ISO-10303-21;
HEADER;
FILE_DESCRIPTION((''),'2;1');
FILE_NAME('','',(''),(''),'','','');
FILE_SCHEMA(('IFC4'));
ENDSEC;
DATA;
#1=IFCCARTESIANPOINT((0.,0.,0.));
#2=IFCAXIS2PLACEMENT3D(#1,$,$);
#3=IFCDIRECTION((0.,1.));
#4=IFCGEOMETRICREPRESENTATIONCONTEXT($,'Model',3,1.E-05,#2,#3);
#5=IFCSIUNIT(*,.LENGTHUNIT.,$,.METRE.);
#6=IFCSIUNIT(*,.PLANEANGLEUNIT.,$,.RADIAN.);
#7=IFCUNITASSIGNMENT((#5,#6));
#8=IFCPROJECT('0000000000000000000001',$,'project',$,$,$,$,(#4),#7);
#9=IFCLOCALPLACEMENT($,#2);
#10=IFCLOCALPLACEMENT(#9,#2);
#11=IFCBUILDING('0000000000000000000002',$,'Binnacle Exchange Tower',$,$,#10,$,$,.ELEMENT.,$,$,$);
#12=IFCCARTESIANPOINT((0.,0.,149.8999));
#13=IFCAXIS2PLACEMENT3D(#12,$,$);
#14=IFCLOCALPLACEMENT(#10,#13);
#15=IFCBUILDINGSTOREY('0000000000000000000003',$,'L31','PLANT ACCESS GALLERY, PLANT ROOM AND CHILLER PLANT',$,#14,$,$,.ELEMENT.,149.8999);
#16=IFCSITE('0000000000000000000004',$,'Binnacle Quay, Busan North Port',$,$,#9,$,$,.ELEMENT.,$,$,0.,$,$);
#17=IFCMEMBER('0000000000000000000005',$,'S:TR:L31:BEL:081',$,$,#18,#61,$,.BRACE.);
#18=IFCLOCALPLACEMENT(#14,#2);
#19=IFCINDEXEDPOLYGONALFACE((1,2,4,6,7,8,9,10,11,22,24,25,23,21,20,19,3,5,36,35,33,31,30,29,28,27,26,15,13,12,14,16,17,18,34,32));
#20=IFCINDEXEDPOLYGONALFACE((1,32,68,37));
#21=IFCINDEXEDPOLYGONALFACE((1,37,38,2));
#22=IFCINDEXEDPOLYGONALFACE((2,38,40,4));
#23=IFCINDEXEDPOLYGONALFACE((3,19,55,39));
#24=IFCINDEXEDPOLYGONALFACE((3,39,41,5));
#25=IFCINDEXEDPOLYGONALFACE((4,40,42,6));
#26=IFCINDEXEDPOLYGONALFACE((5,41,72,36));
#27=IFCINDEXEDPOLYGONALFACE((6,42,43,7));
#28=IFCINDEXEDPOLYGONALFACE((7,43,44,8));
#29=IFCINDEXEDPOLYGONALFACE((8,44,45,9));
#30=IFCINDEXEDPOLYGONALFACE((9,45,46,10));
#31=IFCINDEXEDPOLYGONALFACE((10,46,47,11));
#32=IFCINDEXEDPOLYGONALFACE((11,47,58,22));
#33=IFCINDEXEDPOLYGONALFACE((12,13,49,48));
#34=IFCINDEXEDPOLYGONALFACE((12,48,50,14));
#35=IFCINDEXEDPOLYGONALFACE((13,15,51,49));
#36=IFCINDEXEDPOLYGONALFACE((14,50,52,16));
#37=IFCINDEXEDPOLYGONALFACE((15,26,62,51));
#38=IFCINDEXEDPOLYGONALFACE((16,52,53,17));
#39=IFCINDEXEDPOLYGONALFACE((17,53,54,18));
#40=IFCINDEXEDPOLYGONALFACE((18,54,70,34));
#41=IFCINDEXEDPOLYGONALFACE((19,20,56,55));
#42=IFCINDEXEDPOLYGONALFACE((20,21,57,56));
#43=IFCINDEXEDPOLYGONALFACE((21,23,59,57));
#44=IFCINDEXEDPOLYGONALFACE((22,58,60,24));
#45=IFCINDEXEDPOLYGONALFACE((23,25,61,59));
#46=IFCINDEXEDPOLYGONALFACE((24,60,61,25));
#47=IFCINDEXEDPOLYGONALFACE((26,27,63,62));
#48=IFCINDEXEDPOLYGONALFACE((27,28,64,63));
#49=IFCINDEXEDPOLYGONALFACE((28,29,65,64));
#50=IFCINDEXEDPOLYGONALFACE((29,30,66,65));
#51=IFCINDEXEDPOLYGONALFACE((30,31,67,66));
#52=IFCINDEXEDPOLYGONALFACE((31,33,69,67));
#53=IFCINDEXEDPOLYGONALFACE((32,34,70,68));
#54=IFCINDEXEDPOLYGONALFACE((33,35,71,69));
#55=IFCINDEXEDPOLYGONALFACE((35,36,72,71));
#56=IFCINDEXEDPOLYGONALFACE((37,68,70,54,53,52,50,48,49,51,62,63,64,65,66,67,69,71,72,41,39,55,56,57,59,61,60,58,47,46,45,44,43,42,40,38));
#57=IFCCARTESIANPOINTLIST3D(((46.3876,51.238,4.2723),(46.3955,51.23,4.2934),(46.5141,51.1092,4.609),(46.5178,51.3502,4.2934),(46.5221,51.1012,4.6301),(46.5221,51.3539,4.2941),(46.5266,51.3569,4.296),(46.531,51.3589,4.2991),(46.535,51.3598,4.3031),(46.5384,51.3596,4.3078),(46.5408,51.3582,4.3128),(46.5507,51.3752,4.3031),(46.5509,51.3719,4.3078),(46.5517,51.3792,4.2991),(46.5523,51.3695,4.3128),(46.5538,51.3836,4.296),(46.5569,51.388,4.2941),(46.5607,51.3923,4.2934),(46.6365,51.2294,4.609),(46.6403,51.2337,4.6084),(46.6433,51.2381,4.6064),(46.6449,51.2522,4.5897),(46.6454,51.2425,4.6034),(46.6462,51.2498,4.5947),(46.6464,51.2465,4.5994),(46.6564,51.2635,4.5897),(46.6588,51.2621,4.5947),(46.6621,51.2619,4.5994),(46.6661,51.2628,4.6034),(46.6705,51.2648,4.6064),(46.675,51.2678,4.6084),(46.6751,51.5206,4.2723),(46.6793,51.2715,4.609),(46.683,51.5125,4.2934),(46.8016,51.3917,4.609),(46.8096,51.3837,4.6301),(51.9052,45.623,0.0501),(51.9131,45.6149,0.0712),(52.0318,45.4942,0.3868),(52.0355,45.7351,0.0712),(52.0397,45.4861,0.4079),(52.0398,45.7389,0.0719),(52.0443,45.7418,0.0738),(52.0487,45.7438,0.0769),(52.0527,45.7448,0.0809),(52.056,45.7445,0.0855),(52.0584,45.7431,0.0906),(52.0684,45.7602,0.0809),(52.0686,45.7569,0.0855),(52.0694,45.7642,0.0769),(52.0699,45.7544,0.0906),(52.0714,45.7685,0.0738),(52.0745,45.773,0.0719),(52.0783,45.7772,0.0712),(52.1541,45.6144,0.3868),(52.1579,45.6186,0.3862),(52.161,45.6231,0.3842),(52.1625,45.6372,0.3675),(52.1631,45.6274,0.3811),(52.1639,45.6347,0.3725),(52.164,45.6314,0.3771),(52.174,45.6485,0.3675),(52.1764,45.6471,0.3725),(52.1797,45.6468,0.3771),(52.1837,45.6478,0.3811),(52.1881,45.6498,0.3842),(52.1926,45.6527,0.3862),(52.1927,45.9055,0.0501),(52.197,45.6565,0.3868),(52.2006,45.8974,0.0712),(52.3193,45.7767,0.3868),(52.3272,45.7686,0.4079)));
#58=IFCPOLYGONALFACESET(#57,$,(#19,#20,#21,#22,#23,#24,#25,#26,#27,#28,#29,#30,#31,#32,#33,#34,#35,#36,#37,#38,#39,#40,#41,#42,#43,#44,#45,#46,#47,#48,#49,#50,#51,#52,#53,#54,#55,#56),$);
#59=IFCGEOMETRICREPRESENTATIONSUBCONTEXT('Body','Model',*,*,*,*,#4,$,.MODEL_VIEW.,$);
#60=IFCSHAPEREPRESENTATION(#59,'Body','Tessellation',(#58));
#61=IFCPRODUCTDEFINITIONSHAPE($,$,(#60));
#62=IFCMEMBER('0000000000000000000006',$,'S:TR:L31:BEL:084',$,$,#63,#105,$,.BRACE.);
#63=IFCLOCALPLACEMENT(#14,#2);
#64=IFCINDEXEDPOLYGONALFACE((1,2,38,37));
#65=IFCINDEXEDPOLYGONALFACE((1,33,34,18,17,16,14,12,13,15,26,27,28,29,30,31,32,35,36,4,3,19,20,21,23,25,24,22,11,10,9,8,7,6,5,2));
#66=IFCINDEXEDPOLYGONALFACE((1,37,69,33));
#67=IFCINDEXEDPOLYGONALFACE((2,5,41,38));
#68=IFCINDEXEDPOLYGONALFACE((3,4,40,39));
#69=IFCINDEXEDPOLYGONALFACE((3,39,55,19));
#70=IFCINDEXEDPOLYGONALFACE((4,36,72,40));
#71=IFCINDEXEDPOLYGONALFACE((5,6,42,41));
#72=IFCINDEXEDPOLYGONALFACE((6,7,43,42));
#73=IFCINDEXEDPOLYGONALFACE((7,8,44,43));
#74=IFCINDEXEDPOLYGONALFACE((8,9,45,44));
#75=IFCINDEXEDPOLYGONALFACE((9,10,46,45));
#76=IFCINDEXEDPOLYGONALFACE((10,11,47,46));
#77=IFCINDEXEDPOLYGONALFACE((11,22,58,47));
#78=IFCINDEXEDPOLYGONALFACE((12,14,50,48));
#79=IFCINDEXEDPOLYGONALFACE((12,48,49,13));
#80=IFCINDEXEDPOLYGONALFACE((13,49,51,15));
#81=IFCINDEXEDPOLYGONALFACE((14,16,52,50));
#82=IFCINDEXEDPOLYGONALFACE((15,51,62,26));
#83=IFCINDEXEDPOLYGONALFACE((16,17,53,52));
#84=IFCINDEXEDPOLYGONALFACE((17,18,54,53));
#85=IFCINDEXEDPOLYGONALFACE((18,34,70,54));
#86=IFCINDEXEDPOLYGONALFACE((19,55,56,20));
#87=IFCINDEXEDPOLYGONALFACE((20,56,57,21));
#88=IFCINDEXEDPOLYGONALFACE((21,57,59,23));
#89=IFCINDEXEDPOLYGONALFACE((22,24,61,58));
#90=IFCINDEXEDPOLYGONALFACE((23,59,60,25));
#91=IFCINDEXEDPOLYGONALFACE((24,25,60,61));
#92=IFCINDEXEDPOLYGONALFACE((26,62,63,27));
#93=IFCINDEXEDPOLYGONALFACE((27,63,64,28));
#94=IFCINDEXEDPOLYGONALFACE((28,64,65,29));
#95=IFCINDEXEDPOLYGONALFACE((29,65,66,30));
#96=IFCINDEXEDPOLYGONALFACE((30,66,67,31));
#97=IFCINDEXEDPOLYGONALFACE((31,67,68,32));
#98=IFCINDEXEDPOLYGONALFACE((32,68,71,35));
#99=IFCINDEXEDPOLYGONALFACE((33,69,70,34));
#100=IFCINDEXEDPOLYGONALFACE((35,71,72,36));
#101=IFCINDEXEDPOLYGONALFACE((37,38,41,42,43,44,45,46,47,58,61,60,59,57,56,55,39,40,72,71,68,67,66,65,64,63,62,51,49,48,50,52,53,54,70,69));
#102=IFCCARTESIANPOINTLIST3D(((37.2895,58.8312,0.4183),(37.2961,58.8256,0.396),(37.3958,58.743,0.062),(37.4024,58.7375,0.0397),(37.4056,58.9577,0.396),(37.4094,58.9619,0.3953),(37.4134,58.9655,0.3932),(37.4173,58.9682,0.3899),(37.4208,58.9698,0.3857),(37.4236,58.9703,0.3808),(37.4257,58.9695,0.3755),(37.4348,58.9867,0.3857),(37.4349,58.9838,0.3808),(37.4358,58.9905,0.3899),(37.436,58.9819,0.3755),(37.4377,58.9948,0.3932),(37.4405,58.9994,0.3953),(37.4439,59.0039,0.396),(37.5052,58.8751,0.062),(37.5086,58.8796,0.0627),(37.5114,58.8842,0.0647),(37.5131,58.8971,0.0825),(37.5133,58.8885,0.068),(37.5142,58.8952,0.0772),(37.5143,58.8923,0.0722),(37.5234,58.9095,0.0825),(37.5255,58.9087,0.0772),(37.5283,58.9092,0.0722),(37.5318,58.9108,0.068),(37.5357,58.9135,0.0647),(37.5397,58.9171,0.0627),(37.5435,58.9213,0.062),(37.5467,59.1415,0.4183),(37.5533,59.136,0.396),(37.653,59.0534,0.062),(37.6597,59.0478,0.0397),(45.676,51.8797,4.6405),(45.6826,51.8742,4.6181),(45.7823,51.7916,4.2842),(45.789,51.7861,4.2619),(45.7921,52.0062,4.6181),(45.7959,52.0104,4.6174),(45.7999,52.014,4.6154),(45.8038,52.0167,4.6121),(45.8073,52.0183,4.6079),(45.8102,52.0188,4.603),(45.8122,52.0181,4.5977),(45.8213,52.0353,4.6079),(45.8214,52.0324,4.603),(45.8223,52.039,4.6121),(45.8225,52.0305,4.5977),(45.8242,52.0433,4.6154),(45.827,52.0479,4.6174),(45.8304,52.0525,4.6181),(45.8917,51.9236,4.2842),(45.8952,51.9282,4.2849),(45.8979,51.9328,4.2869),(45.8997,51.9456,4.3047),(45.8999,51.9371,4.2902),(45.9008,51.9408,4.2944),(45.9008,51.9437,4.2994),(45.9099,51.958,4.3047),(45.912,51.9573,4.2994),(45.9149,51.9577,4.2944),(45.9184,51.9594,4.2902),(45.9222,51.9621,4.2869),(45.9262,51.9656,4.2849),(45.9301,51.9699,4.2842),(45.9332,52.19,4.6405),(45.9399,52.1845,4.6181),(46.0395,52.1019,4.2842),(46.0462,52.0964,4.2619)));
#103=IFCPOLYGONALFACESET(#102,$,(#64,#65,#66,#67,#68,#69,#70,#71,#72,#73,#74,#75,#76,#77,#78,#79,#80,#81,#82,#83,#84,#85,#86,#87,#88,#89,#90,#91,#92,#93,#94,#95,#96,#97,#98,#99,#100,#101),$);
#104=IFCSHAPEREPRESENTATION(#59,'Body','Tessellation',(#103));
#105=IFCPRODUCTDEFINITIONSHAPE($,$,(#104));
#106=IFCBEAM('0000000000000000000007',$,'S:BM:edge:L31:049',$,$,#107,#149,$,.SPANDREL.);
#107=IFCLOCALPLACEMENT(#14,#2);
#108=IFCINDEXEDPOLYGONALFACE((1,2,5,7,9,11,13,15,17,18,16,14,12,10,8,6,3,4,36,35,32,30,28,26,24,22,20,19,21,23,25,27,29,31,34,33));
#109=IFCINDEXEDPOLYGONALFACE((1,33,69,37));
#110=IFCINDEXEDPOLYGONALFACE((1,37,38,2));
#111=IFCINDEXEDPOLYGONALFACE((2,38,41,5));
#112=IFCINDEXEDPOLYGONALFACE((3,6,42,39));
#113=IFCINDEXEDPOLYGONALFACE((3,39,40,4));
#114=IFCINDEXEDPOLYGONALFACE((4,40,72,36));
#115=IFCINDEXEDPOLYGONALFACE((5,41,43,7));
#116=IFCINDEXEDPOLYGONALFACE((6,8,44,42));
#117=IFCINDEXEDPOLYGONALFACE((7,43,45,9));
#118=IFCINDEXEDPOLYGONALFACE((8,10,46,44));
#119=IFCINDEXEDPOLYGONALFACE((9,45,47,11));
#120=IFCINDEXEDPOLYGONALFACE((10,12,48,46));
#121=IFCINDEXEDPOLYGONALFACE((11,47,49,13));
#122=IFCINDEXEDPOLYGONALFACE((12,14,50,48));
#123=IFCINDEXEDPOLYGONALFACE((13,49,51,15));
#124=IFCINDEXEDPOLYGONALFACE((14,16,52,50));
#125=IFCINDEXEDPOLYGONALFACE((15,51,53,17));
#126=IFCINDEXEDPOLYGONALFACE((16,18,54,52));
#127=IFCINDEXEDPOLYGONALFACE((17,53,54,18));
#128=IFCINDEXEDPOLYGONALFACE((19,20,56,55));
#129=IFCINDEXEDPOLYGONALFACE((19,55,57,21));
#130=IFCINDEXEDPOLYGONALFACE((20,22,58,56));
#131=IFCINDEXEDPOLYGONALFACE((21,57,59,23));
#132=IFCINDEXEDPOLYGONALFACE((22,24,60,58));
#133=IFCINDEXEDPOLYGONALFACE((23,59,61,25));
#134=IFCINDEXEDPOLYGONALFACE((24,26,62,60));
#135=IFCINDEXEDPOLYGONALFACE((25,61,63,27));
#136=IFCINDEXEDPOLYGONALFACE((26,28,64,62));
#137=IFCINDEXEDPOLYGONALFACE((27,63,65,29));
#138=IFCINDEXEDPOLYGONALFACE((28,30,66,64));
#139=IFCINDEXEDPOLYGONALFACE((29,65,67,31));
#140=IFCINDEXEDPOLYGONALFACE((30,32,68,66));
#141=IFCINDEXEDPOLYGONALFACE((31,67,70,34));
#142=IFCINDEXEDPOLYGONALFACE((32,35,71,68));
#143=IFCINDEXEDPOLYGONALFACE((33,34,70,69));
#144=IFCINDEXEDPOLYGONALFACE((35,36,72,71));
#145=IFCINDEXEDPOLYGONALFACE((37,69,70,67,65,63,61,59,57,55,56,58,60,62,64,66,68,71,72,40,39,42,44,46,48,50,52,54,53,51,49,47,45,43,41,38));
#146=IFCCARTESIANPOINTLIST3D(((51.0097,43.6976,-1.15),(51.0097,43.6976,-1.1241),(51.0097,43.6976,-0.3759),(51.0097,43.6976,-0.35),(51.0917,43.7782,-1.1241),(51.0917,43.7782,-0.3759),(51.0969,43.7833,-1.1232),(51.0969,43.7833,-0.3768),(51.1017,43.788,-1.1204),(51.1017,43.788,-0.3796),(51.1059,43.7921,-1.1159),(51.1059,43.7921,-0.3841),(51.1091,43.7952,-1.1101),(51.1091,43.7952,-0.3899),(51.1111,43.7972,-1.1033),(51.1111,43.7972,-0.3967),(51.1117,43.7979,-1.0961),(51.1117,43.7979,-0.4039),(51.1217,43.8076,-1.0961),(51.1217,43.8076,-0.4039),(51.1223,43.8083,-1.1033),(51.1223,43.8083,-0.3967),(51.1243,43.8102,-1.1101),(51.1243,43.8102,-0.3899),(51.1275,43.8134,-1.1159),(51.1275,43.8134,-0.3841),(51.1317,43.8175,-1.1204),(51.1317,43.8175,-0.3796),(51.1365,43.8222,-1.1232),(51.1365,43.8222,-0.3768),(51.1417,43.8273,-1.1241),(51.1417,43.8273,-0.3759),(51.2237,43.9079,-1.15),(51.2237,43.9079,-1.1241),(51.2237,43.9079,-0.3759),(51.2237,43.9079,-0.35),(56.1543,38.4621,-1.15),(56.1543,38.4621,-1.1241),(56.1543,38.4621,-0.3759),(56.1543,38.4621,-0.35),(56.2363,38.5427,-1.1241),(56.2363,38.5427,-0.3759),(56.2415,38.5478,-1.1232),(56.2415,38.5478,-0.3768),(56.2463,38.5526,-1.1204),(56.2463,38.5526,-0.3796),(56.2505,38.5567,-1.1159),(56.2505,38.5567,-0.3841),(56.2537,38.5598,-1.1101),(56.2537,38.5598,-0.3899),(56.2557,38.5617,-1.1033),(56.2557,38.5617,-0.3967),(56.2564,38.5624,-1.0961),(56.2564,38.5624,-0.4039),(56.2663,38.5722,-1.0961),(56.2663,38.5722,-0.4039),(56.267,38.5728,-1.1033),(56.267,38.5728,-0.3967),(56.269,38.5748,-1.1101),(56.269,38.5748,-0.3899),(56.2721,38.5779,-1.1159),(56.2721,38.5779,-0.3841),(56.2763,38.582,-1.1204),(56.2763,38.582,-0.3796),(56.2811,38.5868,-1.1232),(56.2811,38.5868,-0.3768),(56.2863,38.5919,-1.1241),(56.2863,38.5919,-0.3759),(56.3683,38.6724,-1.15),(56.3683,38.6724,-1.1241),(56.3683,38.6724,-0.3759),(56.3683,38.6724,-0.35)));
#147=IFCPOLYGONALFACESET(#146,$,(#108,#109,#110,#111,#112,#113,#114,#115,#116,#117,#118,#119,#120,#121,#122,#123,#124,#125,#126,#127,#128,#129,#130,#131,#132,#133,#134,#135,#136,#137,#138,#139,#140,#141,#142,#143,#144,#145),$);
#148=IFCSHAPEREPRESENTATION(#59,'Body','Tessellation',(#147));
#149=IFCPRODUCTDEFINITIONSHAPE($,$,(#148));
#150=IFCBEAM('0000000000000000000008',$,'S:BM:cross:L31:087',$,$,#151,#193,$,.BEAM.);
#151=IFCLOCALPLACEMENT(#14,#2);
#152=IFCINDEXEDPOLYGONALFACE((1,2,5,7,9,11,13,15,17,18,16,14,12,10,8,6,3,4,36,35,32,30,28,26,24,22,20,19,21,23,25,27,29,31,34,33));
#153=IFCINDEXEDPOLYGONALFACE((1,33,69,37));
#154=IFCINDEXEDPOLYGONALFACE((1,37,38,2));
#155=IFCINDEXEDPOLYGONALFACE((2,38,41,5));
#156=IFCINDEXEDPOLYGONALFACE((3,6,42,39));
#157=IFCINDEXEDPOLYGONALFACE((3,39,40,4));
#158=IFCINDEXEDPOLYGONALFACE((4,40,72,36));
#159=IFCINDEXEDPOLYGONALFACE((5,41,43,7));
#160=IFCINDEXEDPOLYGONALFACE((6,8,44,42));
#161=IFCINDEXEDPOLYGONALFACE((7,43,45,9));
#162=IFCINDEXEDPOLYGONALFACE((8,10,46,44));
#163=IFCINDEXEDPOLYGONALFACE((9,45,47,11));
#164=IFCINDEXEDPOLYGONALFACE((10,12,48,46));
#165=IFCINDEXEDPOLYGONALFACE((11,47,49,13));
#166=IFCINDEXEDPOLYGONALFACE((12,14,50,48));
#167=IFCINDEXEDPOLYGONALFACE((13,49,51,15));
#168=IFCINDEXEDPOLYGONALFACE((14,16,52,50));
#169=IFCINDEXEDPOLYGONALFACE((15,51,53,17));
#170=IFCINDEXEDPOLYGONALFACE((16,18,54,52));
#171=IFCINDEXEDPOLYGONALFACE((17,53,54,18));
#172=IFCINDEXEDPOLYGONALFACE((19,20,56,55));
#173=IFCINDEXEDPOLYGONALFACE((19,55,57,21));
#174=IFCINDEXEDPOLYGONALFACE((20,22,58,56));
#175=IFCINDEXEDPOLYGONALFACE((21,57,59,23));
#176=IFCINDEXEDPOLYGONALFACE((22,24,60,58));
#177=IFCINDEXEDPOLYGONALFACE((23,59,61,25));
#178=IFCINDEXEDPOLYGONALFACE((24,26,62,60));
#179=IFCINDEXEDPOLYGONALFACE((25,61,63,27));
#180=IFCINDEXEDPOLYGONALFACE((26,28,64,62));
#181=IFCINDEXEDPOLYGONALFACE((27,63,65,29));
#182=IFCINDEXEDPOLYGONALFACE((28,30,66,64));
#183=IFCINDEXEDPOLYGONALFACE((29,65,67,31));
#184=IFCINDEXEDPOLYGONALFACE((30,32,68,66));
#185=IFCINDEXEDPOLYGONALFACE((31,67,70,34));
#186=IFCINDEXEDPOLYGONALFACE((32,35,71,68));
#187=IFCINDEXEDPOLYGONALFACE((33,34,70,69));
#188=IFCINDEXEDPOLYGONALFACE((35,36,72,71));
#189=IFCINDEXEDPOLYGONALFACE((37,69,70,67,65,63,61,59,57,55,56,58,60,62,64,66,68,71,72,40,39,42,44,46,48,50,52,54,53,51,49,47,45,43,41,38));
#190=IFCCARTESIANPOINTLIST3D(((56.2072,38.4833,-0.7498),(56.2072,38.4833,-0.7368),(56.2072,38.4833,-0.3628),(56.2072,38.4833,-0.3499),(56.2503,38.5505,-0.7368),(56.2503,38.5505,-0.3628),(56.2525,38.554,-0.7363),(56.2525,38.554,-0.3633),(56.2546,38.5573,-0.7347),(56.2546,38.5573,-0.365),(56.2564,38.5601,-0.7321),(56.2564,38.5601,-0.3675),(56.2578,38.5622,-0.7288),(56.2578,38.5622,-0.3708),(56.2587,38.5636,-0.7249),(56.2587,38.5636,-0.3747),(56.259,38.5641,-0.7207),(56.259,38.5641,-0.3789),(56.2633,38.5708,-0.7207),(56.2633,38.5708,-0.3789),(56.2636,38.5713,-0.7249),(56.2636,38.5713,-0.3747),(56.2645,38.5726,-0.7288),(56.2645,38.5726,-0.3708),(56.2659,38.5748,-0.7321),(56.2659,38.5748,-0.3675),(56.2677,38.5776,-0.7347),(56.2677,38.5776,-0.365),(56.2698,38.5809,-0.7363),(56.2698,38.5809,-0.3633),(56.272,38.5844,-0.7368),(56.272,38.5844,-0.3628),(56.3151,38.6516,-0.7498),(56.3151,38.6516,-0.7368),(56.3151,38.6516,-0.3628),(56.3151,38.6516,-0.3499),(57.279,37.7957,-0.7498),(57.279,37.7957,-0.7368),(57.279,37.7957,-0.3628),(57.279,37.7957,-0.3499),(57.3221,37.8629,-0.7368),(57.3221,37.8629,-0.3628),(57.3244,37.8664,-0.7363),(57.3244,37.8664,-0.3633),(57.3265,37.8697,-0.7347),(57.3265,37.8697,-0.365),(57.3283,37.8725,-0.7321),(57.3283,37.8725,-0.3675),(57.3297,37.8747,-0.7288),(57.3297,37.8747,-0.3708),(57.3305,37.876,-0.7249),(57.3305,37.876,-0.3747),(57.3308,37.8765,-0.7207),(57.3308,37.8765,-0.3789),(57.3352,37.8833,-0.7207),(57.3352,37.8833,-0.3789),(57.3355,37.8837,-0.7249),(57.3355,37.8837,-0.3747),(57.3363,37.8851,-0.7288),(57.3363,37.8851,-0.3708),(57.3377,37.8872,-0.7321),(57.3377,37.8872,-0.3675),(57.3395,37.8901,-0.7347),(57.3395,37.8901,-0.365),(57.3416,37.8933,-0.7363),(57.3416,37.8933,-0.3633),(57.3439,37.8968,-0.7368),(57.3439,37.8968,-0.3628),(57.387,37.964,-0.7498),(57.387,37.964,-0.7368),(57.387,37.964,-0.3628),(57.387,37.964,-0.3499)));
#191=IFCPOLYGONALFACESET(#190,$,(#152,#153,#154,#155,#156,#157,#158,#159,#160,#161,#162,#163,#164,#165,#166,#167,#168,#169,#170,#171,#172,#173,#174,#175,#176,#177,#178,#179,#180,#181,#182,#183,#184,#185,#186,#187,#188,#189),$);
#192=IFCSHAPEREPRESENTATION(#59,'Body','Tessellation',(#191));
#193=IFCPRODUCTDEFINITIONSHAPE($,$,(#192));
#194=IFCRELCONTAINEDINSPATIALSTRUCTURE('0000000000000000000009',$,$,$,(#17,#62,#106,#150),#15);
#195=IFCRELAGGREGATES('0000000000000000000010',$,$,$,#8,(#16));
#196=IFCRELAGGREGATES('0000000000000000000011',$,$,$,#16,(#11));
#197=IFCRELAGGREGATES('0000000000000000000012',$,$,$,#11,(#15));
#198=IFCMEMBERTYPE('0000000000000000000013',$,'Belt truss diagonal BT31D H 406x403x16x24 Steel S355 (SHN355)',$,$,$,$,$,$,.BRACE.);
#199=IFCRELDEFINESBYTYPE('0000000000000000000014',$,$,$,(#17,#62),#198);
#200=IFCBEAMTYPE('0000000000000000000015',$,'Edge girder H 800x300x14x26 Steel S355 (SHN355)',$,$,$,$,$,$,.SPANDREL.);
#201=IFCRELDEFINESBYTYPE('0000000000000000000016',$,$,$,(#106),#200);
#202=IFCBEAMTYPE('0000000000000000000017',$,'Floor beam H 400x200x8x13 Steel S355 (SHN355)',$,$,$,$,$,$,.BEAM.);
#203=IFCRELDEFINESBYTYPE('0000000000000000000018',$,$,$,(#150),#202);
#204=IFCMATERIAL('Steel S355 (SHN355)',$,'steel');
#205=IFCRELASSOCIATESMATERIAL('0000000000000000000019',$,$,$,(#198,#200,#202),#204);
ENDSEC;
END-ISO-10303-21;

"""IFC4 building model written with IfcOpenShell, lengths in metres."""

from ifc_helpers import new_model, si_unit, direction, frame, origin, origin_2d, place, context, subcontext, project, spatial, i_section, extrude, material, material_profile, profile_set, type_object, element, save


model = new_model("IFC4")

# Units and contexts
model_context = context("Model", 3, precision=1e-05, world=origin(), true_north=direction((0.0, 1.0)))
body_context = subcontext(model_context, "Body", "Model", "MODEL_VIEW")
ifc_project = project(units=[si_unit("LENGTHUNIT", "METRE"), si_unit("PLANEANGLEUNIT", "RADIAN")], contexts=[model_context])

# Site, building, storey
site_placement = place(None, origin())
site = spatial("IfcSite", under=ifc_project, at=site_placement, Name="Binnacle Quay, Busan North Port", CompositionType="ELEMENT", RefElevation=0.0)
building_placement = place(site_placement, origin())
building = spatial("IfcBuilding", under=site, at=building_placement, Name="Binnacle Exchange Tower", CompositionType="ELEMENT")
storey_placement = place(building_placement, frame((0.0, 0.0, 149.8999)))
storey = spatial("IfcBuildingStorey", under=building, at=storey_placement, Name="L31", Description="PLANT ACCESS GALLERY, PLANT ROOM AND CHILLER PLANT", CompositionType="ELEMENT", Elevation=149.8999)

# Members
ifc_material_1 = material(Name="Steel S355 (SHN355)", Category="steel")
ifc_material_profile_1 = material_profile(ifc_material_1, i_section(OverallWidth=0.4031, OverallDepth=0.406, WebThickness=0.0161, FlangeThickness=0.0239, FilletRadius=0.022, at=origin_2d()), Name="H 406x403x16x24")
ifc_profile_set_1 = profile_set([ifc_material_profile_1], Name="Steel S355 (SHN355)")
member_type_1 = type_object("IfcMemberType", Name="Belt truss diagonal BT31D H 406x403x16x24 Steel S355 (SHN355)", PredefinedType="BRACE", material=ifc_profile_set_1)
member_1_placement = place(storey_placement, frame((52.1162, 45.6958, 0.229), z_axis=(-0.617662, 0.628567, 0.472648), x_axis=(-0.713267, -0.700893, 0.0)))
element("IfcMember", 1, at=member_1_placement, inside=storey, type_object=member_type_1, Name="S:TR:L31:BEL:081", PredefinedType="BRACE", context=body_context, shape_type="SweptSolid", body=[
    extrude(i_section(OverallWidth=0.4031, OverallDepth=0.406, WebThickness=0.0161, FlangeThickness=0.0239, FilletRadius=0.022, at=origin_2d()), origin(), (0.0, 0.0, 1.0), 8.9331),
])
member_2_placement = place(storey_placement, frame((45.8611, 51.988, 4.4512), z_axis=(-0.717864, 0.595026, -0.361408), x_axis=(-0.638161, -0.769903, 0.0)))
element("IfcMember", 2, at=member_2_placement, inside=storey, type_object=member_type_1, Name="S:TR:L31:BEL:084", PredefinedType="BRACE", context=body_context, shape_type="SweptSolid", body=[
    extrude(i_section(OverallWidth=0.4031, OverallDepth=0.406, WebThickness=0.0161, FlangeThickness=0.0239, FilletRadius=0.022, at=origin_2d()), origin(), (0.0, 0.0, 1.0), 11.6826),
])

# Beams
ifc_material_profile_2 = material_profile(ifc_material_1, i_section(OverallWidth=0.3, OverallDepth=0.8, WebThickness=0.0139, FlangeThickness=0.0259, FilletRadius=0.0281, at=origin_2d()), Name="H 800x300x14x26")
ifc_profile_set_2 = profile_set([ifc_material_profile_2], Name="Steel S355 (SHN355)")
beam_type_1 = type_object("IfcBeamType", Name="Edge girder H 800x300x14x26 Steel S355 (SHN355)", PredefinedType="SPANDREL", material=ifc_profile_set_2)
beam_1_placement = place(storey_placement, frame((51.1167, 43.8027, -0.75), z_axis=(0.700893, -0.713266, 0.0), x_axis=(0.713266, 0.700893, 0.0)))
element("IfcBeam", 3, at=beam_1_placement, inside=storey, type_object=beam_type_1, Name="S:BM:edge:L31:049", PredefinedType="SPANDREL", context=body_context, shape_type="SweptSolid", body=[
    extrude(i_section(OverallWidth=0.3, OverallDepth=0.8, WebThickness=0.0139, FlangeThickness=0.0259, FilletRadius=0.0281, at=origin_2d()), origin(), (0.0, 0.0, 1.0), 7.3401),
])
ifc_material_profile_3 = material_profile(ifc_material_1, i_section(OverallWidth=0.2, OverallDepth=0.3999, WebThickness=0.0081, FlangeThickness=0.0129, FilletRadius=0.0161, at=origin_2d()), Name="H 400x200x8x13")
ifc_profile_set_3 = profile_set([ifc_material_profile_3], Name="Steel S355 (SHN355)")
beam_type_2 = type_object("IfcBeamType", Name="Floor beam H 400x200x8x13 Steel S355 (SHN355)", PredefinedType="BEAM", material=ifc_profile_set_3)
beam_2_placement = place(storey_placement, frame((57.333, 37.8799, -0.5498), z_axis=(-0.841714, 0.539924, 0.0), x_axis=(-0.539924, -0.841714, 0.0)))
element("IfcBeam", 4, at=beam_2_placement, inside=storey, type_object=beam_type_2, Name="S:BM:cross:L31:087", PredefinedType="BEAM", context=body_context, shape_type="SweptSolid", body=[
    extrude(i_section(OverallWidth=0.2, OverallDepth=0.3999, WebThickness=0.0081, FlangeThickness=0.0129, FilletRadius=0.0161, at=origin_2d()), origin(), (0.0, 0.0, 1.0), 1.2734),
])

save(model, "model.ifc")
